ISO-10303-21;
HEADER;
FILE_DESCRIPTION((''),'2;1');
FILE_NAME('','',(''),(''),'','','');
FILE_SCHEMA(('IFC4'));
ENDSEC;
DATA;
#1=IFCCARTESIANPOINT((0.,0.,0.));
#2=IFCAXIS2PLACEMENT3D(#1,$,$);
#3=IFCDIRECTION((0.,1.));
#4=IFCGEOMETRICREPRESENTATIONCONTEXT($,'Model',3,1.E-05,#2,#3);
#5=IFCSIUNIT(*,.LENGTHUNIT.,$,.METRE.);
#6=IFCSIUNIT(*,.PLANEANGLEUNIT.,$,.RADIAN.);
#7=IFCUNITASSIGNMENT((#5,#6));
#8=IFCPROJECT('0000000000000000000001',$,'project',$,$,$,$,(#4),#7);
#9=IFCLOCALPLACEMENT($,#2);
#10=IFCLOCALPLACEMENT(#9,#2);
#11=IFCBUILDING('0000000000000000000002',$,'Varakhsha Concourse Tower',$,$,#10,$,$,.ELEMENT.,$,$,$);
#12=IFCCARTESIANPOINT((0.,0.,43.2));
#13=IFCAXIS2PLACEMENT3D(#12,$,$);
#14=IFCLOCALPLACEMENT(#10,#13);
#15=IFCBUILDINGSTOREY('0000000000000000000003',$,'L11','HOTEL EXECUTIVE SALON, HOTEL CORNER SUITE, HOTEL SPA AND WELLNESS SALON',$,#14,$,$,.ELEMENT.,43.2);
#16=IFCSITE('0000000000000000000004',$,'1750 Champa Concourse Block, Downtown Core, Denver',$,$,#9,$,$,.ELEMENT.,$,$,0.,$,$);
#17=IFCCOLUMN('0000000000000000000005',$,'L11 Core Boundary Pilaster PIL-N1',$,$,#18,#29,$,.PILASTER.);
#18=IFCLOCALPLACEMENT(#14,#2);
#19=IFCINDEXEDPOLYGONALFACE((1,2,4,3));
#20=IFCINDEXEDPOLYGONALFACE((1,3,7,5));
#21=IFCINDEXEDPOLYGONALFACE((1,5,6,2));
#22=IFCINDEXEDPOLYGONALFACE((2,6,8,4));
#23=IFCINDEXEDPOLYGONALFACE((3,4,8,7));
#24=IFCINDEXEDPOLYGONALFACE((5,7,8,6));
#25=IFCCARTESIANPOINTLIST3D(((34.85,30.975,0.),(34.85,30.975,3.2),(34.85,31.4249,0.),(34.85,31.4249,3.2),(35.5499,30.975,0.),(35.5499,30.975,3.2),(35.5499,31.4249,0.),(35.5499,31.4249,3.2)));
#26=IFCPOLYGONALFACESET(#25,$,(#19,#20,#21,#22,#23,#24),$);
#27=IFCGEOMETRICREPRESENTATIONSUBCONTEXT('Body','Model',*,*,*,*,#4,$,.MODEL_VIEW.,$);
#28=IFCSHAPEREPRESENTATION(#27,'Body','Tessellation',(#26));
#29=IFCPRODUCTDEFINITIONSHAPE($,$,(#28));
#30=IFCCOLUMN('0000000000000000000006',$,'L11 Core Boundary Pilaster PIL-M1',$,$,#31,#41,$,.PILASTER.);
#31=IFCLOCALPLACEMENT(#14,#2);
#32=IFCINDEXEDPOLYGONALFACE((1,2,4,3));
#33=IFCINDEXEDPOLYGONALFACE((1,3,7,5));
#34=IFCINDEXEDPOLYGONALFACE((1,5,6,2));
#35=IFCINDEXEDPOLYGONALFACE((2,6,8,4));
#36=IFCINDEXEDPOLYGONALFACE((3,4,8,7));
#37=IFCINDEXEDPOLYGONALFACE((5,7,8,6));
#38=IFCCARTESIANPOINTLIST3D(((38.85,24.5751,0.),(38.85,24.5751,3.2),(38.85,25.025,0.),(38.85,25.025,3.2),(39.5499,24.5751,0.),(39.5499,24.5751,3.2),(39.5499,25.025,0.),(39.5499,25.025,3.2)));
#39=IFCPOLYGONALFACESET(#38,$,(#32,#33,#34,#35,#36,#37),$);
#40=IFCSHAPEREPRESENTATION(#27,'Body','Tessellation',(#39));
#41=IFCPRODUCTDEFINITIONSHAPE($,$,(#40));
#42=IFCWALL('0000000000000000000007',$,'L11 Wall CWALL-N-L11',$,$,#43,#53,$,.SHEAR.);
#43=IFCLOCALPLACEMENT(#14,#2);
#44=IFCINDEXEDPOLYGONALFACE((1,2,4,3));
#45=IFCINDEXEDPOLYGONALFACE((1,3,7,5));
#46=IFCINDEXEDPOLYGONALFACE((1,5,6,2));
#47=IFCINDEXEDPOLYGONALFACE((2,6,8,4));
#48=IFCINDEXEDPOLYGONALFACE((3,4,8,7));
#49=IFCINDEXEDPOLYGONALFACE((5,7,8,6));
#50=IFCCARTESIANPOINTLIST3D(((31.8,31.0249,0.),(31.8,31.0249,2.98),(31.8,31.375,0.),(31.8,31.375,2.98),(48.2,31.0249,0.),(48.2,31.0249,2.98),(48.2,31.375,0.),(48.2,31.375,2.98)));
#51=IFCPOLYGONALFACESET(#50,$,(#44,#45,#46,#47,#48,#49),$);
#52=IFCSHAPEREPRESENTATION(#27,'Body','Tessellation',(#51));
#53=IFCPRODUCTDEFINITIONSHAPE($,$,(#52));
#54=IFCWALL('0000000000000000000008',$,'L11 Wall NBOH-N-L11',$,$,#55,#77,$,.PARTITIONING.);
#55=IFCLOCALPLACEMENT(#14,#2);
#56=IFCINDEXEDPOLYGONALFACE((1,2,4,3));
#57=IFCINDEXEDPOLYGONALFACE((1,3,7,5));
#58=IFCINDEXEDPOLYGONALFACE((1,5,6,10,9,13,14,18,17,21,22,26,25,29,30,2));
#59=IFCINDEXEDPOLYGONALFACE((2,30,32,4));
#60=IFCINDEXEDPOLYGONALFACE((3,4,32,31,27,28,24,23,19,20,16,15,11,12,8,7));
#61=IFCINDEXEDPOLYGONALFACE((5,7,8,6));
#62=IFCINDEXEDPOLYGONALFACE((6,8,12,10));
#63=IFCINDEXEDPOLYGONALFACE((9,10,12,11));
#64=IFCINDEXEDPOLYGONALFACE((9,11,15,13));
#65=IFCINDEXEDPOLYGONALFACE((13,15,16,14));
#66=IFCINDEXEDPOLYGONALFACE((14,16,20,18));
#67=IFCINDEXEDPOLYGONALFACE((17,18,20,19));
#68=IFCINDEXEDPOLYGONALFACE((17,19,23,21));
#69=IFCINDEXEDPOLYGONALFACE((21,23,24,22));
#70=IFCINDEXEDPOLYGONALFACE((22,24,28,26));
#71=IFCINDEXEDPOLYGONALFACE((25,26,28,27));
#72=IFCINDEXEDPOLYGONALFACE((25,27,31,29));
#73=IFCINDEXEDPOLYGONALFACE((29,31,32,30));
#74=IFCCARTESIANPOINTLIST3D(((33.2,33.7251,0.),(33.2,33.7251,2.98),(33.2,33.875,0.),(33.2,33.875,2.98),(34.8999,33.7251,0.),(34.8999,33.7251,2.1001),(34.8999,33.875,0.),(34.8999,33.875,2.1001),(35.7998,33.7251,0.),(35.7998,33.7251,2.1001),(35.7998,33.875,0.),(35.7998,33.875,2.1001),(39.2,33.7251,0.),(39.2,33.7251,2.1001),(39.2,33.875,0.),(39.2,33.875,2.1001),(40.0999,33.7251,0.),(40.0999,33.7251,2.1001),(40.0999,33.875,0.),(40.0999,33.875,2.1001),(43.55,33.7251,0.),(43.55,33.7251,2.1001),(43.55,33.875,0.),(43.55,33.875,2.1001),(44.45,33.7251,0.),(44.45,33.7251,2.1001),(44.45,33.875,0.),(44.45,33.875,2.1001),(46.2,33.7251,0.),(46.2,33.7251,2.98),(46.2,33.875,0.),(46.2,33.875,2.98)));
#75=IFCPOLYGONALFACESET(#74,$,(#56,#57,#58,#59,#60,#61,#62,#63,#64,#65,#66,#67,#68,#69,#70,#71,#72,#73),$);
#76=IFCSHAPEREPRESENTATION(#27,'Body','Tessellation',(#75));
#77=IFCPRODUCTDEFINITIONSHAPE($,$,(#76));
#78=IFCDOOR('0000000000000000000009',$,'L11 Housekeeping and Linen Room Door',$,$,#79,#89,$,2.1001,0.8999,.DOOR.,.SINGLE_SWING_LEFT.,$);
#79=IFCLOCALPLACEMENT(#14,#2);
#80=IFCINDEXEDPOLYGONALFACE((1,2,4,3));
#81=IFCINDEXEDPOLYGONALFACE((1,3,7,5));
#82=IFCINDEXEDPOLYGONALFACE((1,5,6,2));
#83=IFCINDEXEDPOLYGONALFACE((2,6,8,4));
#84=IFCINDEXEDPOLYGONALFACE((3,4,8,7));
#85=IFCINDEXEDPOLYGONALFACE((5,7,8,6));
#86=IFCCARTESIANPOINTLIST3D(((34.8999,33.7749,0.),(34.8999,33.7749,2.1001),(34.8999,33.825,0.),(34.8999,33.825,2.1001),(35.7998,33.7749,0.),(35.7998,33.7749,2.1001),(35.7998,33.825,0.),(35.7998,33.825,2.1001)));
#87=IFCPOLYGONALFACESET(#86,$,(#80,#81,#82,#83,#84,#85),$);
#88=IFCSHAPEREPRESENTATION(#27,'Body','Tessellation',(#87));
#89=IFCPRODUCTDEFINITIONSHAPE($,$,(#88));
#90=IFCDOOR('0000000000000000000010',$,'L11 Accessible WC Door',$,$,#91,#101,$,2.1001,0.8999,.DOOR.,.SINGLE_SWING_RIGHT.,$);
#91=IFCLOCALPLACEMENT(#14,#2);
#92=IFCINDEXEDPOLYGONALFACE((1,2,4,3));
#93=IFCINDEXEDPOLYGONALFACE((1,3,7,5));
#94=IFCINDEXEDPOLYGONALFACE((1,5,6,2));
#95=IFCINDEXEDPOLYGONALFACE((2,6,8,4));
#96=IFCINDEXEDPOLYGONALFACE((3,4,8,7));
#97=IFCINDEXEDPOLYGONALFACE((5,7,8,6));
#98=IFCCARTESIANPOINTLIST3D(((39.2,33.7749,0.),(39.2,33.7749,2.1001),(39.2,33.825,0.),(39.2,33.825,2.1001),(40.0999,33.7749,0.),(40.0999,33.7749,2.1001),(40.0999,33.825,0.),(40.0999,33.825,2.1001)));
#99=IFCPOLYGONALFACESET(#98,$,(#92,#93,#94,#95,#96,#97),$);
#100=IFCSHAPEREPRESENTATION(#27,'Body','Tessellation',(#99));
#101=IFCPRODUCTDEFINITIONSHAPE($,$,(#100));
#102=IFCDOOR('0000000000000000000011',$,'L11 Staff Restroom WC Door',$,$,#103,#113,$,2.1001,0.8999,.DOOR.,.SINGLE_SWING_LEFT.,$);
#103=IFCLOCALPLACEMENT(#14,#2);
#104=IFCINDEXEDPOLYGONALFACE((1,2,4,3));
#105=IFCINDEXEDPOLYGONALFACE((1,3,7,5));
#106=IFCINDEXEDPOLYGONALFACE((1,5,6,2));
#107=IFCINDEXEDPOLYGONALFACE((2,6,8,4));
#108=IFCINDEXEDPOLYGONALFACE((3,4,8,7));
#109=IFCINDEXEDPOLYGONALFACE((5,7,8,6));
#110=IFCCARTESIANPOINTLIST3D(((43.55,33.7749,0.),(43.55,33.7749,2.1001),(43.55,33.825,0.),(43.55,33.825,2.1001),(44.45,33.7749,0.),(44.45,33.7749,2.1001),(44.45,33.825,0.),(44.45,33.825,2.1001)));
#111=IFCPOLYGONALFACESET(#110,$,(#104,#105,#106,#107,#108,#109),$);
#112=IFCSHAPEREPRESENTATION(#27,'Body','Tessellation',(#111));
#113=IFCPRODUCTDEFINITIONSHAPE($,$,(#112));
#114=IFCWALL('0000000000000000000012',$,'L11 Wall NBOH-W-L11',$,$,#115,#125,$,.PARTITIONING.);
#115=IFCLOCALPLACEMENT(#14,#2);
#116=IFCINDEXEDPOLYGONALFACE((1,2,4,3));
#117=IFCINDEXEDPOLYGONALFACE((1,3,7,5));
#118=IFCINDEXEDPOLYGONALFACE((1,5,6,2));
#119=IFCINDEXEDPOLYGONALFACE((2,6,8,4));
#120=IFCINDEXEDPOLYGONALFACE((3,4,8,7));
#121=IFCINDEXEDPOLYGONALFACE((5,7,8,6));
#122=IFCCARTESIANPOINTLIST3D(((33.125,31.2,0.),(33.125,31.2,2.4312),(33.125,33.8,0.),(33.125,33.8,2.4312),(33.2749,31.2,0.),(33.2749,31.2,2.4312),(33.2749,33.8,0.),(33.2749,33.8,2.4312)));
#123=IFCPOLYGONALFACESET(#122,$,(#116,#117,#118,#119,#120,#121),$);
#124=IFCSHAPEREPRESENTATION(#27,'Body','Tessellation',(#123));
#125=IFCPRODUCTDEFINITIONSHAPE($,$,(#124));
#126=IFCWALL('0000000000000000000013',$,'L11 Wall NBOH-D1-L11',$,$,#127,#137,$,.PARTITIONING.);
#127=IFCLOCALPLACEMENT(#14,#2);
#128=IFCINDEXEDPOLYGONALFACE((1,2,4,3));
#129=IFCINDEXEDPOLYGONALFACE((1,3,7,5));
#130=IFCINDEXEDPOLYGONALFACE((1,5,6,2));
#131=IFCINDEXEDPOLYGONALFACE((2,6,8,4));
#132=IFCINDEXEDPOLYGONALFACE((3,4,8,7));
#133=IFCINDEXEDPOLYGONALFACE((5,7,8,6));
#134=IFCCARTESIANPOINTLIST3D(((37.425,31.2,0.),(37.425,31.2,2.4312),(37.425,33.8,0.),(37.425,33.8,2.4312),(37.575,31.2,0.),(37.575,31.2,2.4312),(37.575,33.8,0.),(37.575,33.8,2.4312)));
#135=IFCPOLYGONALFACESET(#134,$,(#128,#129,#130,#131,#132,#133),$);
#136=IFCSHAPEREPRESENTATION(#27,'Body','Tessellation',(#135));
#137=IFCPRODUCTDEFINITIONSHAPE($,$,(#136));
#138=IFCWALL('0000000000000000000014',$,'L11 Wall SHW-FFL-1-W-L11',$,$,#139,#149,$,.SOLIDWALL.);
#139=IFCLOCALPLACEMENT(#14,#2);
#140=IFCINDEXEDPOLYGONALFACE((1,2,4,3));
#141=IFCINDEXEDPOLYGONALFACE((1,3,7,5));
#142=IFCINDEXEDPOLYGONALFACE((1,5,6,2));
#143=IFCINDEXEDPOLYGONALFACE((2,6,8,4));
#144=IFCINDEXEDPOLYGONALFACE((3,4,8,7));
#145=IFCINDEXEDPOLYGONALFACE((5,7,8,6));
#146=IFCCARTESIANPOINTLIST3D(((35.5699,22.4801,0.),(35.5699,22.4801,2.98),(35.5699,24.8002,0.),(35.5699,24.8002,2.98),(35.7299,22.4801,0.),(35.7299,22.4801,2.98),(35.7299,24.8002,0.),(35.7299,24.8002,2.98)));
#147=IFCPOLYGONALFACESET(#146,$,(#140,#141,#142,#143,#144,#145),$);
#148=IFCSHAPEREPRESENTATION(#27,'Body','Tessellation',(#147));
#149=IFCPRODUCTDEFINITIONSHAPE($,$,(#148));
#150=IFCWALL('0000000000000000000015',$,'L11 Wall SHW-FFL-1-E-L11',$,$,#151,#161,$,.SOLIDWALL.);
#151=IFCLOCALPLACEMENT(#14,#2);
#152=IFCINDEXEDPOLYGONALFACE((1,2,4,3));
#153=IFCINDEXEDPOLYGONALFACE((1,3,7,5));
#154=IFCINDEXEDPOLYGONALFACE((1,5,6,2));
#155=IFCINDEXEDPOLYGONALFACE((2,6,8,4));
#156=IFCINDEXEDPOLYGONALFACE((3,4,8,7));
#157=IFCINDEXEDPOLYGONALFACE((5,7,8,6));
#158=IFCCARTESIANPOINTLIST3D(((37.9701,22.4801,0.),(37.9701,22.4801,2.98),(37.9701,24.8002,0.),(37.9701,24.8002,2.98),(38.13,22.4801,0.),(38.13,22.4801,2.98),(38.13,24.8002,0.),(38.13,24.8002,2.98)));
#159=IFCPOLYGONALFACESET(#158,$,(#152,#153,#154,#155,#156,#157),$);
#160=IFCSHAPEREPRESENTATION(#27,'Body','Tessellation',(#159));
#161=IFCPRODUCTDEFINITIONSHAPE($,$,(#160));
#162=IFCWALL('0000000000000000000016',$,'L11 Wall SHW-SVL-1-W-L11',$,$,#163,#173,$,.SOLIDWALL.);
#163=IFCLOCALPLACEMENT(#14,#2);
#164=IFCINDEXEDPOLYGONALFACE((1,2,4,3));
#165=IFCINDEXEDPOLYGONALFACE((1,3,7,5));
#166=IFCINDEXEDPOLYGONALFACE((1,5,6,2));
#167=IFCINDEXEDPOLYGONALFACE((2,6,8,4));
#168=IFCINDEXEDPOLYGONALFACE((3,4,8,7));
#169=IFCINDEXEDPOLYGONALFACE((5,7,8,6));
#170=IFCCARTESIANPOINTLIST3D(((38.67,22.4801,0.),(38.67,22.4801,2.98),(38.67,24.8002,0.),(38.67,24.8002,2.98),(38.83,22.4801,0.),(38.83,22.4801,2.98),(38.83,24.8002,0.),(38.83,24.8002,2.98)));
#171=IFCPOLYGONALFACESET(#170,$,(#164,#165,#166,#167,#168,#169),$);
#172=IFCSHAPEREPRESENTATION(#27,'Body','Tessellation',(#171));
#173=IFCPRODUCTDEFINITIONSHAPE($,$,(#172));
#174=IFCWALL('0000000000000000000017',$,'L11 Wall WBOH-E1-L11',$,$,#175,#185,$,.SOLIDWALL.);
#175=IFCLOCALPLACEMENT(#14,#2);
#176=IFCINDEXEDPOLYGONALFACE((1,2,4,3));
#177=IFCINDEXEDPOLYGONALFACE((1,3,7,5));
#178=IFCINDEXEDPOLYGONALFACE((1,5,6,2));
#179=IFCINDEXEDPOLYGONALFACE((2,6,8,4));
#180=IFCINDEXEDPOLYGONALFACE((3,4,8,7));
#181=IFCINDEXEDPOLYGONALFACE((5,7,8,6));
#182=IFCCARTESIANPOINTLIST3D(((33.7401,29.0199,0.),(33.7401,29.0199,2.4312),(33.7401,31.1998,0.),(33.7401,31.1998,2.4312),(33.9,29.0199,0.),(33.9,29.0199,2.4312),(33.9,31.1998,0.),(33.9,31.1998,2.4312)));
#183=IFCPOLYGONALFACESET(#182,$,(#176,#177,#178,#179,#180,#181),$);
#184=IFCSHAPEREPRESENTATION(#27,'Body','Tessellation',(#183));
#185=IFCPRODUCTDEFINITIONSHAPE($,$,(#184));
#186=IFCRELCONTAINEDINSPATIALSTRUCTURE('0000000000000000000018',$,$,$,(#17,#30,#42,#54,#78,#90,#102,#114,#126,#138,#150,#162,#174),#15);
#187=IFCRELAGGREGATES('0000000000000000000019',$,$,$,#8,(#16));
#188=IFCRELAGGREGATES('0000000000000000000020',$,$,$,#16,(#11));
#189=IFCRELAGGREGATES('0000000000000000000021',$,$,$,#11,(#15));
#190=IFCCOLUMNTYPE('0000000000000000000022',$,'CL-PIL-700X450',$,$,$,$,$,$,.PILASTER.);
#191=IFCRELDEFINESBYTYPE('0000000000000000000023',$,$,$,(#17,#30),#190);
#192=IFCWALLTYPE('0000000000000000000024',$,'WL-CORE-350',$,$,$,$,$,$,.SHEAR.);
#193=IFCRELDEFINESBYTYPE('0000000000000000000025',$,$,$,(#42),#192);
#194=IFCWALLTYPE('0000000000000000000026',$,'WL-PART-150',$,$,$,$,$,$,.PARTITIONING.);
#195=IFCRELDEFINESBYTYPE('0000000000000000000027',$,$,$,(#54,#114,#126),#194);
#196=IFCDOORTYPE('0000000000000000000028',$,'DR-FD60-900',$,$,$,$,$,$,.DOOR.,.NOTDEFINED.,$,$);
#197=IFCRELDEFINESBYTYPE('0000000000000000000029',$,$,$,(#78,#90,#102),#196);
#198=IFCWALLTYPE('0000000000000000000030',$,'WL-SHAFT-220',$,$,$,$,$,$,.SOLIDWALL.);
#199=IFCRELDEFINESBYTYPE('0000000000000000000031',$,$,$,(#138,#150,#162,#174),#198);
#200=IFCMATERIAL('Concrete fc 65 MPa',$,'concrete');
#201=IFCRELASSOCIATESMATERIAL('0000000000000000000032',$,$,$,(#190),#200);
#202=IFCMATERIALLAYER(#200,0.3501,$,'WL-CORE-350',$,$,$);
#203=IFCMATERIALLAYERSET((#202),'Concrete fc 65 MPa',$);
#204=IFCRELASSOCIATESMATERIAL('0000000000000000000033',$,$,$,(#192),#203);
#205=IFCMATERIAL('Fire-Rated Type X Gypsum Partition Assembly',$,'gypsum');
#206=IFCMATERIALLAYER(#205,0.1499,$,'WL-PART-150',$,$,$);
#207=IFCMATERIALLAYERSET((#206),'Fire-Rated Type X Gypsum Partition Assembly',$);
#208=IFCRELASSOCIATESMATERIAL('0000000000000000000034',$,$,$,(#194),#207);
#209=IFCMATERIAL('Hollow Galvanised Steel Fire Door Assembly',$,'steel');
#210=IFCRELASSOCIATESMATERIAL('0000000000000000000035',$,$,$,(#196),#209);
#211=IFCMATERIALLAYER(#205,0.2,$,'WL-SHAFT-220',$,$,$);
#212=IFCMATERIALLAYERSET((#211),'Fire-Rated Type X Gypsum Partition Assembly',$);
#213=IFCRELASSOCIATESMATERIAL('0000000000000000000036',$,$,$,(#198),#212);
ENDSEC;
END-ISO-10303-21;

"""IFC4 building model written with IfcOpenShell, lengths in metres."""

from ifc_helpers import new_model, si_unit, direction, frame, frame_2d, origin, origin_2d, place, context, subcontext, project, spatial, rectangle, extrude, material, layer, layer_set, material_profile, profile_set, type_object, element, fill, save


model = new_model("IFC4")

# Units and contexts
model_context = context("Model", 3, precision=1e-05, world=origin(), true_north=direction((0.0, 1.0)))
body_context = subcontext(model_context, "Body", "Model", "MODEL_VIEW")
ifc_project = project(units=[si_unit("LENGTHUNIT", "METRE"), si_unit("PLANEANGLEUNIT", "RADIAN")], contexts=[model_context])

# Site, building, storey
site_placement = place(None, origin())
site = spatial("IfcSite", under=ifc_project, at=site_placement, Name="1750 Champa Concourse Block, Downtown Core, Denver", CompositionType="ELEMENT", RefElevation=0.0)
building_placement = place(site_placement, origin())
building = spatial("IfcBuilding", under=site, at=building_placement, Name="Varakhsha Concourse Tower", CompositionType="ELEMENT")
storey_placement = place(building_placement, frame((0.0, 0.0, 43.2)))
storey = spatial("IfcBuildingStorey", under=building, at=storey_placement, Name="L11", Description="HOTEL EXECUTIVE SALON, HOTEL CORNER SUITE, HOTEL SPA AND WELLNESS SALON", CompositionType="ELEMENT", Elevation=43.2)

# Columns
ifc_material_1 = material(Name="Concrete fc 65 MPa", Category="concrete")
ifc_material_profile = material_profile(ifc_material_1, rectangle(XDim=0.7, YDim=0.45, at=origin_2d()), Name="RC 700x450")
ifc_profile_set = profile_set([ifc_material_profile], Name="Concrete fc 65 MPa")
column_type = type_object("IfcColumnType", Name="CL-PIL-700X450", PredefinedType="PILASTER", material=ifc_profile_set)
for number, where, z_axis, x_axis, name in (
    (1, (35.2, 31.2, 0.0), (0.0, 0.0, 1.0), (1.0, 0.0, 0.0), "L11 Core Boundary Pilaster PIL-N1"),
    (2, (39.2, 24.8, 0.0), (0.0, 0.0, 1.0), (1.0, 0.0, 0.0), "L11 Core Boundary Pilaster PIL-M1"),
):
    element("IfcColumn", number, at=place(storey_placement, frame(where, z_axis=z_axis, x_axis=x_axis)), inside=storey, type_object=column_type, Name=name, PredefinedType="PILASTER", context=body_context, shape_type="SweptSolid", body=[
        extrude(rectangle(XDim=0.7, YDim=0.45, at=origin_2d()), origin(), (0.0, 0.0, 1.0), 3.2),
    ])

# Wall
ifc_layer_1 = layer(ifc_material_1, 0.3501, Name="WL-CORE-350")
ifc_layer_set_1 = layer_set([ifc_layer_1], Name="Concrete fc 65 MPa")
wall_type_1 = type_object("IfcWallType", Name="WL-CORE-350", PredefinedType="SHEAR", material=ifc_layer_set_1)
wall_1_placement = place(storey_placement, frame((31.8, 31.2, 0.0), z_axis=(0.0, 0.0, 1.0), x_axis=(1.0, 0.0, 0.0)))
element("IfcWall", 3, at=wall_1_placement, inside=storey, type_object=wall_type_1, Name="L11 Wall CWALL-N-L11", PredefinedType="SHEAR", context=body_context, shape_type="SweptSolid", body=[
    extrude(rectangle(XDim=16.3999, YDim=0.3501, at=frame_2d((8.2, 0.0))), origin(), (0.0, 0.0, 1.0), 2.98),
])

# Wall, openings, doors
ifc_material_2 = material(Name="Fire-Rated Type X Gypsum Partition Assembly", Category="gypsum")
ifc_layer_2 = layer(ifc_material_2, 0.1499, Name="WL-PART-150")
ifc_layer_set_2 = layer_set([ifc_layer_2], Name="Fire-Rated Type X Gypsum Partition Assembly")
wall_type_2 = type_object("IfcWallType", Name="WL-PART-150", PredefinedType="PARTITIONING", material=ifc_layer_set_2)
wall_2_placement = place(storey_placement, frame((33.2, 33.8, 0.0), z_axis=(0.0, 0.0, 1.0), x_axis=(1.0, 0.0, 0.0)))
wall_2 = element("IfcWall", 4, at=wall_2_placement, inside=storey, type_object=wall_type_2, Name="L11 Wall NBOH-N-L11", PredefinedType="PARTITIONING", context=body_context, shape_type="SweptSolid", body=[
    extrude(rectangle(XDim=13.0, YDim=0.1499, at=frame_2d((6.5, 0.0))), origin(), (0.0, 0.0, 1.0), 2.98),
])
opening_1_placement = place(wall_2_placement, frame((1.7, 0.0, 0.0)))
opening_1 = element("IfcOpeningElement", 5, at=opening_1_placement, cuts=wall_2, PredefinedType="OPENING", context=body_context, shape_type="SweptSolid", body=[
    extrude(rectangle(XDim=0.8999, YDim=2.1001, at=frame_2d((0.45, 1.05))), frame((0.0, 0.085, 0.0), z_axis=(0.0, -1.0, 0.0), x_axis=(1.0, 0.0, 0.0)), (0.0, 0.0, 1.0), 0.1699),
])
opening_2_placement = place(wall_2_placement, frame((6.0, 0.0, 0.0)))
opening_2 = element("IfcOpeningElement", 6, at=opening_2_placement, cuts=wall_2, PredefinedType="OPENING", context=body_context, shape_type="SweptSolid", body=[
    extrude(rectangle(XDim=0.8999, YDim=2.1001, at=frame_2d((0.45, 1.05))), frame((0.0, 0.085, 0.0), z_axis=(0.0, -1.0, 0.0), x_axis=(1.0, 0.0, 0.0)), (0.0, 0.0, 1.0), 0.1699),
])
opening_3_placement = place(wall_2_placement, frame((10.3501, 0.0, 0.0)))
opening_3 = element("IfcOpeningElement", 7, at=opening_3_placement, cuts=wall_2, PredefinedType="OPENING", context=body_context, shape_type="SweptSolid", body=[
    extrude(rectangle(XDim=0.8999, YDim=2.1001, at=frame_2d((0.45, 1.05))), frame((0.0, 0.085, 0.0), z_axis=(0.0, -1.0, 0.0), x_axis=(1.0, 0.0, 0.0)), (0.0, 0.0, 1.0), 0.1699),
])
ifc_material_3 = material(Name="Hollow Galvanised Steel Fire Door Assembly", Category="steel")
door_type_1 = type_object("IfcDoorType", Name="DR-FD60-900", OperationType="NOTDEFINED", PredefinedType="DOOR", material=ifc_material_3)
door_1_placement = place(opening_1_placement, origin())
door_1 = element("IfcDoor", 8, at=door_1_placement, inside=storey, type_object=door_type_1, Name="L11 Housekeeping and Linen Room Door", OperationType="SINGLE_SWING_LEFT", OverallHeight=2.1001, OverallWidth=0.8999, PredefinedType="DOOR", context=body_context, shape_type="SweptSolid", body=[
    extrude(rectangle(XDim=0.8999, YDim=2.1001, at=frame_2d((0.45, 1.05))), frame((0.0, 0.0249, 0.0), z_axis=(0.0, -1.0, 0.0), x_axis=(1.0, 0.0, 0.0)), (0.0, 0.0, 1.0), 0.05),
])
fill(opening_1, door_1)
door_2_placement = place(opening_2_placement, origin())
door_2 = element("IfcDoor", 9, at=door_2_placement, inside=storey, type_object=door_type_1, Name="L11 Accessible WC Door", OperationType="SINGLE_SWING_RIGHT", OverallHeight=2.1001, OverallWidth=0.8999, PredefinedType="DOOR", context=body_context, shape_type="SweptSolid", body=[
    extrude(rectangle(XDim=0.8999, YDim=2.1001, at=frame_2d((0.45, 1.05))), frame((0.0, 0.0249, 0.0), z_axis=(0.0, -1.0, 0.0), x_axis=(1.0, 0.0, 0.0)), (0.0, 0.0, 1.0), 0.05),
])
fill(opening_2, door_2)
door_3_placement = place(opening_3_placement, origin())
door_3 = element("IfcDoor", 10, at=door_3_placement, inside=storey, type_object=door_type_1, Name="L11 Staff Restroom WC Door", OperationType="SINGLE_SWING_LEFT", OverallHeight=2.1001, OverallWidth=0.8999, PredefinedType="DOOR", context=body_context, shape_type="SweptSolid", body=[
    extrude(rectangle(XDim=0.8999, YDim=2.1001, at=frame_2d((0.45, 1.05))), frame((0.0, 0.0249, 0.0), z_axis=(0.0, -1.0, 0.0), x_axis=(1.0, 0.0, 0.0)), (0.0, 0.0, 1.0), 0.05),
])
fill(opening_3, door_3)

# Walls
for number, where, z_axis, x_axis, name in (
    (11, (33.2, 31.2, 0.0), (0.0, 0.0, 1.0), (0.0, 1.0, 0.0), "L11 Wall NBOH-W-L11"),
    (12, (37.5, 31.2, 0.0), (0.0, 0.0, 1.0), (0.0, 1.0, 0.0), "L11 Wall NBOH-D1-L11"),
):
    element("IfcWall", number, at=place(storey_placement, frame(where, z_axis=z_axis, x_axis=x_axis)), inside=storey, type_object=wall_type_2, Name=name, PredefinedType="PARTITIONING", context=body_context, shape_type="SweptSolid", body=[
        extrude(rectangle(XDim=2.6001, YDim=0.1499, at=frame_2d((1.3, 0.0))), origin(), (0.0, 0.0, 1.0), 2.4312),
    ])
ifc_layer_3 = layer(ifc_material_2, 0.2, Name="WL-SHAFT-220")
ifc_layer_set_3 = layer_set([ifc_layer_3], Name="Fire-Rated Type X Gypsum Partition Assembly")
wall_type_3 = type_object("IfcWallType", Name="WL-SHAFT-220", PredefinedType="SOLIDWALL", material=ifc_layer_set_3)
for number, where, z_axis, x_axis, name in (
    (13, (35.6499, 22.48, 0.0), (0.0, 0.0, 1.0), (0.0, 1.0, 0.0), "L11 Wall SHW-FFL-1-W-L11"),
    (14, (38.05, 22.48, 0.0), (0.0, 0.0, 1.0), (0.0, 1.0, 0.0), "L11 Wall SHW-FFL-1-E-L11"),
    (15, (38.75, 22.48, 0.0), (0.0, 0.0, 1.0), (0.0, 1.0, 0.0), "L11 Wall SHW-SVL-1-W-L11"),
):
    element("IfcWall", number, at=place(storey_placement, frame(where, z_axis=z_axis, x_axis=x_axis)), inside=storey, type_object=wall_type_3, Name=name, PredefinedType="SOLIDWALL", context=body_context, shape_type="SweptSolid", body=[
        extrude(rectangle(XDim=2.3201, YDim=0.1599, at=frame_2d((1.1602, 0.0))), origin(), (0.0, 0.0, 1.0), 2.98),
    ])

# Wall
wall_3_placement = place(storey_placement, frame((33.8201, 29.02, 0.0), z_axis=(0.0, 0.0, 1.0), x_axis=(0.0, 1.0, 0.0)))
element("IfcWall", 16, at=wall_3_placement, inside=storey, type_object=wall_type_3, Name="L11 Wall WBOH-E1-L11", PredefinedType="SOLIDWALL", context=body_context, shape_type="SweptSolid", body=[
    extrude(rectangle(XDim=2.1799, YDim=0.1599, at=frame_2d((1.0898, 0.0))), origin(), (0.0, 0.0, 1.0), 2.4312),
])

save(model, "model.ifc")
